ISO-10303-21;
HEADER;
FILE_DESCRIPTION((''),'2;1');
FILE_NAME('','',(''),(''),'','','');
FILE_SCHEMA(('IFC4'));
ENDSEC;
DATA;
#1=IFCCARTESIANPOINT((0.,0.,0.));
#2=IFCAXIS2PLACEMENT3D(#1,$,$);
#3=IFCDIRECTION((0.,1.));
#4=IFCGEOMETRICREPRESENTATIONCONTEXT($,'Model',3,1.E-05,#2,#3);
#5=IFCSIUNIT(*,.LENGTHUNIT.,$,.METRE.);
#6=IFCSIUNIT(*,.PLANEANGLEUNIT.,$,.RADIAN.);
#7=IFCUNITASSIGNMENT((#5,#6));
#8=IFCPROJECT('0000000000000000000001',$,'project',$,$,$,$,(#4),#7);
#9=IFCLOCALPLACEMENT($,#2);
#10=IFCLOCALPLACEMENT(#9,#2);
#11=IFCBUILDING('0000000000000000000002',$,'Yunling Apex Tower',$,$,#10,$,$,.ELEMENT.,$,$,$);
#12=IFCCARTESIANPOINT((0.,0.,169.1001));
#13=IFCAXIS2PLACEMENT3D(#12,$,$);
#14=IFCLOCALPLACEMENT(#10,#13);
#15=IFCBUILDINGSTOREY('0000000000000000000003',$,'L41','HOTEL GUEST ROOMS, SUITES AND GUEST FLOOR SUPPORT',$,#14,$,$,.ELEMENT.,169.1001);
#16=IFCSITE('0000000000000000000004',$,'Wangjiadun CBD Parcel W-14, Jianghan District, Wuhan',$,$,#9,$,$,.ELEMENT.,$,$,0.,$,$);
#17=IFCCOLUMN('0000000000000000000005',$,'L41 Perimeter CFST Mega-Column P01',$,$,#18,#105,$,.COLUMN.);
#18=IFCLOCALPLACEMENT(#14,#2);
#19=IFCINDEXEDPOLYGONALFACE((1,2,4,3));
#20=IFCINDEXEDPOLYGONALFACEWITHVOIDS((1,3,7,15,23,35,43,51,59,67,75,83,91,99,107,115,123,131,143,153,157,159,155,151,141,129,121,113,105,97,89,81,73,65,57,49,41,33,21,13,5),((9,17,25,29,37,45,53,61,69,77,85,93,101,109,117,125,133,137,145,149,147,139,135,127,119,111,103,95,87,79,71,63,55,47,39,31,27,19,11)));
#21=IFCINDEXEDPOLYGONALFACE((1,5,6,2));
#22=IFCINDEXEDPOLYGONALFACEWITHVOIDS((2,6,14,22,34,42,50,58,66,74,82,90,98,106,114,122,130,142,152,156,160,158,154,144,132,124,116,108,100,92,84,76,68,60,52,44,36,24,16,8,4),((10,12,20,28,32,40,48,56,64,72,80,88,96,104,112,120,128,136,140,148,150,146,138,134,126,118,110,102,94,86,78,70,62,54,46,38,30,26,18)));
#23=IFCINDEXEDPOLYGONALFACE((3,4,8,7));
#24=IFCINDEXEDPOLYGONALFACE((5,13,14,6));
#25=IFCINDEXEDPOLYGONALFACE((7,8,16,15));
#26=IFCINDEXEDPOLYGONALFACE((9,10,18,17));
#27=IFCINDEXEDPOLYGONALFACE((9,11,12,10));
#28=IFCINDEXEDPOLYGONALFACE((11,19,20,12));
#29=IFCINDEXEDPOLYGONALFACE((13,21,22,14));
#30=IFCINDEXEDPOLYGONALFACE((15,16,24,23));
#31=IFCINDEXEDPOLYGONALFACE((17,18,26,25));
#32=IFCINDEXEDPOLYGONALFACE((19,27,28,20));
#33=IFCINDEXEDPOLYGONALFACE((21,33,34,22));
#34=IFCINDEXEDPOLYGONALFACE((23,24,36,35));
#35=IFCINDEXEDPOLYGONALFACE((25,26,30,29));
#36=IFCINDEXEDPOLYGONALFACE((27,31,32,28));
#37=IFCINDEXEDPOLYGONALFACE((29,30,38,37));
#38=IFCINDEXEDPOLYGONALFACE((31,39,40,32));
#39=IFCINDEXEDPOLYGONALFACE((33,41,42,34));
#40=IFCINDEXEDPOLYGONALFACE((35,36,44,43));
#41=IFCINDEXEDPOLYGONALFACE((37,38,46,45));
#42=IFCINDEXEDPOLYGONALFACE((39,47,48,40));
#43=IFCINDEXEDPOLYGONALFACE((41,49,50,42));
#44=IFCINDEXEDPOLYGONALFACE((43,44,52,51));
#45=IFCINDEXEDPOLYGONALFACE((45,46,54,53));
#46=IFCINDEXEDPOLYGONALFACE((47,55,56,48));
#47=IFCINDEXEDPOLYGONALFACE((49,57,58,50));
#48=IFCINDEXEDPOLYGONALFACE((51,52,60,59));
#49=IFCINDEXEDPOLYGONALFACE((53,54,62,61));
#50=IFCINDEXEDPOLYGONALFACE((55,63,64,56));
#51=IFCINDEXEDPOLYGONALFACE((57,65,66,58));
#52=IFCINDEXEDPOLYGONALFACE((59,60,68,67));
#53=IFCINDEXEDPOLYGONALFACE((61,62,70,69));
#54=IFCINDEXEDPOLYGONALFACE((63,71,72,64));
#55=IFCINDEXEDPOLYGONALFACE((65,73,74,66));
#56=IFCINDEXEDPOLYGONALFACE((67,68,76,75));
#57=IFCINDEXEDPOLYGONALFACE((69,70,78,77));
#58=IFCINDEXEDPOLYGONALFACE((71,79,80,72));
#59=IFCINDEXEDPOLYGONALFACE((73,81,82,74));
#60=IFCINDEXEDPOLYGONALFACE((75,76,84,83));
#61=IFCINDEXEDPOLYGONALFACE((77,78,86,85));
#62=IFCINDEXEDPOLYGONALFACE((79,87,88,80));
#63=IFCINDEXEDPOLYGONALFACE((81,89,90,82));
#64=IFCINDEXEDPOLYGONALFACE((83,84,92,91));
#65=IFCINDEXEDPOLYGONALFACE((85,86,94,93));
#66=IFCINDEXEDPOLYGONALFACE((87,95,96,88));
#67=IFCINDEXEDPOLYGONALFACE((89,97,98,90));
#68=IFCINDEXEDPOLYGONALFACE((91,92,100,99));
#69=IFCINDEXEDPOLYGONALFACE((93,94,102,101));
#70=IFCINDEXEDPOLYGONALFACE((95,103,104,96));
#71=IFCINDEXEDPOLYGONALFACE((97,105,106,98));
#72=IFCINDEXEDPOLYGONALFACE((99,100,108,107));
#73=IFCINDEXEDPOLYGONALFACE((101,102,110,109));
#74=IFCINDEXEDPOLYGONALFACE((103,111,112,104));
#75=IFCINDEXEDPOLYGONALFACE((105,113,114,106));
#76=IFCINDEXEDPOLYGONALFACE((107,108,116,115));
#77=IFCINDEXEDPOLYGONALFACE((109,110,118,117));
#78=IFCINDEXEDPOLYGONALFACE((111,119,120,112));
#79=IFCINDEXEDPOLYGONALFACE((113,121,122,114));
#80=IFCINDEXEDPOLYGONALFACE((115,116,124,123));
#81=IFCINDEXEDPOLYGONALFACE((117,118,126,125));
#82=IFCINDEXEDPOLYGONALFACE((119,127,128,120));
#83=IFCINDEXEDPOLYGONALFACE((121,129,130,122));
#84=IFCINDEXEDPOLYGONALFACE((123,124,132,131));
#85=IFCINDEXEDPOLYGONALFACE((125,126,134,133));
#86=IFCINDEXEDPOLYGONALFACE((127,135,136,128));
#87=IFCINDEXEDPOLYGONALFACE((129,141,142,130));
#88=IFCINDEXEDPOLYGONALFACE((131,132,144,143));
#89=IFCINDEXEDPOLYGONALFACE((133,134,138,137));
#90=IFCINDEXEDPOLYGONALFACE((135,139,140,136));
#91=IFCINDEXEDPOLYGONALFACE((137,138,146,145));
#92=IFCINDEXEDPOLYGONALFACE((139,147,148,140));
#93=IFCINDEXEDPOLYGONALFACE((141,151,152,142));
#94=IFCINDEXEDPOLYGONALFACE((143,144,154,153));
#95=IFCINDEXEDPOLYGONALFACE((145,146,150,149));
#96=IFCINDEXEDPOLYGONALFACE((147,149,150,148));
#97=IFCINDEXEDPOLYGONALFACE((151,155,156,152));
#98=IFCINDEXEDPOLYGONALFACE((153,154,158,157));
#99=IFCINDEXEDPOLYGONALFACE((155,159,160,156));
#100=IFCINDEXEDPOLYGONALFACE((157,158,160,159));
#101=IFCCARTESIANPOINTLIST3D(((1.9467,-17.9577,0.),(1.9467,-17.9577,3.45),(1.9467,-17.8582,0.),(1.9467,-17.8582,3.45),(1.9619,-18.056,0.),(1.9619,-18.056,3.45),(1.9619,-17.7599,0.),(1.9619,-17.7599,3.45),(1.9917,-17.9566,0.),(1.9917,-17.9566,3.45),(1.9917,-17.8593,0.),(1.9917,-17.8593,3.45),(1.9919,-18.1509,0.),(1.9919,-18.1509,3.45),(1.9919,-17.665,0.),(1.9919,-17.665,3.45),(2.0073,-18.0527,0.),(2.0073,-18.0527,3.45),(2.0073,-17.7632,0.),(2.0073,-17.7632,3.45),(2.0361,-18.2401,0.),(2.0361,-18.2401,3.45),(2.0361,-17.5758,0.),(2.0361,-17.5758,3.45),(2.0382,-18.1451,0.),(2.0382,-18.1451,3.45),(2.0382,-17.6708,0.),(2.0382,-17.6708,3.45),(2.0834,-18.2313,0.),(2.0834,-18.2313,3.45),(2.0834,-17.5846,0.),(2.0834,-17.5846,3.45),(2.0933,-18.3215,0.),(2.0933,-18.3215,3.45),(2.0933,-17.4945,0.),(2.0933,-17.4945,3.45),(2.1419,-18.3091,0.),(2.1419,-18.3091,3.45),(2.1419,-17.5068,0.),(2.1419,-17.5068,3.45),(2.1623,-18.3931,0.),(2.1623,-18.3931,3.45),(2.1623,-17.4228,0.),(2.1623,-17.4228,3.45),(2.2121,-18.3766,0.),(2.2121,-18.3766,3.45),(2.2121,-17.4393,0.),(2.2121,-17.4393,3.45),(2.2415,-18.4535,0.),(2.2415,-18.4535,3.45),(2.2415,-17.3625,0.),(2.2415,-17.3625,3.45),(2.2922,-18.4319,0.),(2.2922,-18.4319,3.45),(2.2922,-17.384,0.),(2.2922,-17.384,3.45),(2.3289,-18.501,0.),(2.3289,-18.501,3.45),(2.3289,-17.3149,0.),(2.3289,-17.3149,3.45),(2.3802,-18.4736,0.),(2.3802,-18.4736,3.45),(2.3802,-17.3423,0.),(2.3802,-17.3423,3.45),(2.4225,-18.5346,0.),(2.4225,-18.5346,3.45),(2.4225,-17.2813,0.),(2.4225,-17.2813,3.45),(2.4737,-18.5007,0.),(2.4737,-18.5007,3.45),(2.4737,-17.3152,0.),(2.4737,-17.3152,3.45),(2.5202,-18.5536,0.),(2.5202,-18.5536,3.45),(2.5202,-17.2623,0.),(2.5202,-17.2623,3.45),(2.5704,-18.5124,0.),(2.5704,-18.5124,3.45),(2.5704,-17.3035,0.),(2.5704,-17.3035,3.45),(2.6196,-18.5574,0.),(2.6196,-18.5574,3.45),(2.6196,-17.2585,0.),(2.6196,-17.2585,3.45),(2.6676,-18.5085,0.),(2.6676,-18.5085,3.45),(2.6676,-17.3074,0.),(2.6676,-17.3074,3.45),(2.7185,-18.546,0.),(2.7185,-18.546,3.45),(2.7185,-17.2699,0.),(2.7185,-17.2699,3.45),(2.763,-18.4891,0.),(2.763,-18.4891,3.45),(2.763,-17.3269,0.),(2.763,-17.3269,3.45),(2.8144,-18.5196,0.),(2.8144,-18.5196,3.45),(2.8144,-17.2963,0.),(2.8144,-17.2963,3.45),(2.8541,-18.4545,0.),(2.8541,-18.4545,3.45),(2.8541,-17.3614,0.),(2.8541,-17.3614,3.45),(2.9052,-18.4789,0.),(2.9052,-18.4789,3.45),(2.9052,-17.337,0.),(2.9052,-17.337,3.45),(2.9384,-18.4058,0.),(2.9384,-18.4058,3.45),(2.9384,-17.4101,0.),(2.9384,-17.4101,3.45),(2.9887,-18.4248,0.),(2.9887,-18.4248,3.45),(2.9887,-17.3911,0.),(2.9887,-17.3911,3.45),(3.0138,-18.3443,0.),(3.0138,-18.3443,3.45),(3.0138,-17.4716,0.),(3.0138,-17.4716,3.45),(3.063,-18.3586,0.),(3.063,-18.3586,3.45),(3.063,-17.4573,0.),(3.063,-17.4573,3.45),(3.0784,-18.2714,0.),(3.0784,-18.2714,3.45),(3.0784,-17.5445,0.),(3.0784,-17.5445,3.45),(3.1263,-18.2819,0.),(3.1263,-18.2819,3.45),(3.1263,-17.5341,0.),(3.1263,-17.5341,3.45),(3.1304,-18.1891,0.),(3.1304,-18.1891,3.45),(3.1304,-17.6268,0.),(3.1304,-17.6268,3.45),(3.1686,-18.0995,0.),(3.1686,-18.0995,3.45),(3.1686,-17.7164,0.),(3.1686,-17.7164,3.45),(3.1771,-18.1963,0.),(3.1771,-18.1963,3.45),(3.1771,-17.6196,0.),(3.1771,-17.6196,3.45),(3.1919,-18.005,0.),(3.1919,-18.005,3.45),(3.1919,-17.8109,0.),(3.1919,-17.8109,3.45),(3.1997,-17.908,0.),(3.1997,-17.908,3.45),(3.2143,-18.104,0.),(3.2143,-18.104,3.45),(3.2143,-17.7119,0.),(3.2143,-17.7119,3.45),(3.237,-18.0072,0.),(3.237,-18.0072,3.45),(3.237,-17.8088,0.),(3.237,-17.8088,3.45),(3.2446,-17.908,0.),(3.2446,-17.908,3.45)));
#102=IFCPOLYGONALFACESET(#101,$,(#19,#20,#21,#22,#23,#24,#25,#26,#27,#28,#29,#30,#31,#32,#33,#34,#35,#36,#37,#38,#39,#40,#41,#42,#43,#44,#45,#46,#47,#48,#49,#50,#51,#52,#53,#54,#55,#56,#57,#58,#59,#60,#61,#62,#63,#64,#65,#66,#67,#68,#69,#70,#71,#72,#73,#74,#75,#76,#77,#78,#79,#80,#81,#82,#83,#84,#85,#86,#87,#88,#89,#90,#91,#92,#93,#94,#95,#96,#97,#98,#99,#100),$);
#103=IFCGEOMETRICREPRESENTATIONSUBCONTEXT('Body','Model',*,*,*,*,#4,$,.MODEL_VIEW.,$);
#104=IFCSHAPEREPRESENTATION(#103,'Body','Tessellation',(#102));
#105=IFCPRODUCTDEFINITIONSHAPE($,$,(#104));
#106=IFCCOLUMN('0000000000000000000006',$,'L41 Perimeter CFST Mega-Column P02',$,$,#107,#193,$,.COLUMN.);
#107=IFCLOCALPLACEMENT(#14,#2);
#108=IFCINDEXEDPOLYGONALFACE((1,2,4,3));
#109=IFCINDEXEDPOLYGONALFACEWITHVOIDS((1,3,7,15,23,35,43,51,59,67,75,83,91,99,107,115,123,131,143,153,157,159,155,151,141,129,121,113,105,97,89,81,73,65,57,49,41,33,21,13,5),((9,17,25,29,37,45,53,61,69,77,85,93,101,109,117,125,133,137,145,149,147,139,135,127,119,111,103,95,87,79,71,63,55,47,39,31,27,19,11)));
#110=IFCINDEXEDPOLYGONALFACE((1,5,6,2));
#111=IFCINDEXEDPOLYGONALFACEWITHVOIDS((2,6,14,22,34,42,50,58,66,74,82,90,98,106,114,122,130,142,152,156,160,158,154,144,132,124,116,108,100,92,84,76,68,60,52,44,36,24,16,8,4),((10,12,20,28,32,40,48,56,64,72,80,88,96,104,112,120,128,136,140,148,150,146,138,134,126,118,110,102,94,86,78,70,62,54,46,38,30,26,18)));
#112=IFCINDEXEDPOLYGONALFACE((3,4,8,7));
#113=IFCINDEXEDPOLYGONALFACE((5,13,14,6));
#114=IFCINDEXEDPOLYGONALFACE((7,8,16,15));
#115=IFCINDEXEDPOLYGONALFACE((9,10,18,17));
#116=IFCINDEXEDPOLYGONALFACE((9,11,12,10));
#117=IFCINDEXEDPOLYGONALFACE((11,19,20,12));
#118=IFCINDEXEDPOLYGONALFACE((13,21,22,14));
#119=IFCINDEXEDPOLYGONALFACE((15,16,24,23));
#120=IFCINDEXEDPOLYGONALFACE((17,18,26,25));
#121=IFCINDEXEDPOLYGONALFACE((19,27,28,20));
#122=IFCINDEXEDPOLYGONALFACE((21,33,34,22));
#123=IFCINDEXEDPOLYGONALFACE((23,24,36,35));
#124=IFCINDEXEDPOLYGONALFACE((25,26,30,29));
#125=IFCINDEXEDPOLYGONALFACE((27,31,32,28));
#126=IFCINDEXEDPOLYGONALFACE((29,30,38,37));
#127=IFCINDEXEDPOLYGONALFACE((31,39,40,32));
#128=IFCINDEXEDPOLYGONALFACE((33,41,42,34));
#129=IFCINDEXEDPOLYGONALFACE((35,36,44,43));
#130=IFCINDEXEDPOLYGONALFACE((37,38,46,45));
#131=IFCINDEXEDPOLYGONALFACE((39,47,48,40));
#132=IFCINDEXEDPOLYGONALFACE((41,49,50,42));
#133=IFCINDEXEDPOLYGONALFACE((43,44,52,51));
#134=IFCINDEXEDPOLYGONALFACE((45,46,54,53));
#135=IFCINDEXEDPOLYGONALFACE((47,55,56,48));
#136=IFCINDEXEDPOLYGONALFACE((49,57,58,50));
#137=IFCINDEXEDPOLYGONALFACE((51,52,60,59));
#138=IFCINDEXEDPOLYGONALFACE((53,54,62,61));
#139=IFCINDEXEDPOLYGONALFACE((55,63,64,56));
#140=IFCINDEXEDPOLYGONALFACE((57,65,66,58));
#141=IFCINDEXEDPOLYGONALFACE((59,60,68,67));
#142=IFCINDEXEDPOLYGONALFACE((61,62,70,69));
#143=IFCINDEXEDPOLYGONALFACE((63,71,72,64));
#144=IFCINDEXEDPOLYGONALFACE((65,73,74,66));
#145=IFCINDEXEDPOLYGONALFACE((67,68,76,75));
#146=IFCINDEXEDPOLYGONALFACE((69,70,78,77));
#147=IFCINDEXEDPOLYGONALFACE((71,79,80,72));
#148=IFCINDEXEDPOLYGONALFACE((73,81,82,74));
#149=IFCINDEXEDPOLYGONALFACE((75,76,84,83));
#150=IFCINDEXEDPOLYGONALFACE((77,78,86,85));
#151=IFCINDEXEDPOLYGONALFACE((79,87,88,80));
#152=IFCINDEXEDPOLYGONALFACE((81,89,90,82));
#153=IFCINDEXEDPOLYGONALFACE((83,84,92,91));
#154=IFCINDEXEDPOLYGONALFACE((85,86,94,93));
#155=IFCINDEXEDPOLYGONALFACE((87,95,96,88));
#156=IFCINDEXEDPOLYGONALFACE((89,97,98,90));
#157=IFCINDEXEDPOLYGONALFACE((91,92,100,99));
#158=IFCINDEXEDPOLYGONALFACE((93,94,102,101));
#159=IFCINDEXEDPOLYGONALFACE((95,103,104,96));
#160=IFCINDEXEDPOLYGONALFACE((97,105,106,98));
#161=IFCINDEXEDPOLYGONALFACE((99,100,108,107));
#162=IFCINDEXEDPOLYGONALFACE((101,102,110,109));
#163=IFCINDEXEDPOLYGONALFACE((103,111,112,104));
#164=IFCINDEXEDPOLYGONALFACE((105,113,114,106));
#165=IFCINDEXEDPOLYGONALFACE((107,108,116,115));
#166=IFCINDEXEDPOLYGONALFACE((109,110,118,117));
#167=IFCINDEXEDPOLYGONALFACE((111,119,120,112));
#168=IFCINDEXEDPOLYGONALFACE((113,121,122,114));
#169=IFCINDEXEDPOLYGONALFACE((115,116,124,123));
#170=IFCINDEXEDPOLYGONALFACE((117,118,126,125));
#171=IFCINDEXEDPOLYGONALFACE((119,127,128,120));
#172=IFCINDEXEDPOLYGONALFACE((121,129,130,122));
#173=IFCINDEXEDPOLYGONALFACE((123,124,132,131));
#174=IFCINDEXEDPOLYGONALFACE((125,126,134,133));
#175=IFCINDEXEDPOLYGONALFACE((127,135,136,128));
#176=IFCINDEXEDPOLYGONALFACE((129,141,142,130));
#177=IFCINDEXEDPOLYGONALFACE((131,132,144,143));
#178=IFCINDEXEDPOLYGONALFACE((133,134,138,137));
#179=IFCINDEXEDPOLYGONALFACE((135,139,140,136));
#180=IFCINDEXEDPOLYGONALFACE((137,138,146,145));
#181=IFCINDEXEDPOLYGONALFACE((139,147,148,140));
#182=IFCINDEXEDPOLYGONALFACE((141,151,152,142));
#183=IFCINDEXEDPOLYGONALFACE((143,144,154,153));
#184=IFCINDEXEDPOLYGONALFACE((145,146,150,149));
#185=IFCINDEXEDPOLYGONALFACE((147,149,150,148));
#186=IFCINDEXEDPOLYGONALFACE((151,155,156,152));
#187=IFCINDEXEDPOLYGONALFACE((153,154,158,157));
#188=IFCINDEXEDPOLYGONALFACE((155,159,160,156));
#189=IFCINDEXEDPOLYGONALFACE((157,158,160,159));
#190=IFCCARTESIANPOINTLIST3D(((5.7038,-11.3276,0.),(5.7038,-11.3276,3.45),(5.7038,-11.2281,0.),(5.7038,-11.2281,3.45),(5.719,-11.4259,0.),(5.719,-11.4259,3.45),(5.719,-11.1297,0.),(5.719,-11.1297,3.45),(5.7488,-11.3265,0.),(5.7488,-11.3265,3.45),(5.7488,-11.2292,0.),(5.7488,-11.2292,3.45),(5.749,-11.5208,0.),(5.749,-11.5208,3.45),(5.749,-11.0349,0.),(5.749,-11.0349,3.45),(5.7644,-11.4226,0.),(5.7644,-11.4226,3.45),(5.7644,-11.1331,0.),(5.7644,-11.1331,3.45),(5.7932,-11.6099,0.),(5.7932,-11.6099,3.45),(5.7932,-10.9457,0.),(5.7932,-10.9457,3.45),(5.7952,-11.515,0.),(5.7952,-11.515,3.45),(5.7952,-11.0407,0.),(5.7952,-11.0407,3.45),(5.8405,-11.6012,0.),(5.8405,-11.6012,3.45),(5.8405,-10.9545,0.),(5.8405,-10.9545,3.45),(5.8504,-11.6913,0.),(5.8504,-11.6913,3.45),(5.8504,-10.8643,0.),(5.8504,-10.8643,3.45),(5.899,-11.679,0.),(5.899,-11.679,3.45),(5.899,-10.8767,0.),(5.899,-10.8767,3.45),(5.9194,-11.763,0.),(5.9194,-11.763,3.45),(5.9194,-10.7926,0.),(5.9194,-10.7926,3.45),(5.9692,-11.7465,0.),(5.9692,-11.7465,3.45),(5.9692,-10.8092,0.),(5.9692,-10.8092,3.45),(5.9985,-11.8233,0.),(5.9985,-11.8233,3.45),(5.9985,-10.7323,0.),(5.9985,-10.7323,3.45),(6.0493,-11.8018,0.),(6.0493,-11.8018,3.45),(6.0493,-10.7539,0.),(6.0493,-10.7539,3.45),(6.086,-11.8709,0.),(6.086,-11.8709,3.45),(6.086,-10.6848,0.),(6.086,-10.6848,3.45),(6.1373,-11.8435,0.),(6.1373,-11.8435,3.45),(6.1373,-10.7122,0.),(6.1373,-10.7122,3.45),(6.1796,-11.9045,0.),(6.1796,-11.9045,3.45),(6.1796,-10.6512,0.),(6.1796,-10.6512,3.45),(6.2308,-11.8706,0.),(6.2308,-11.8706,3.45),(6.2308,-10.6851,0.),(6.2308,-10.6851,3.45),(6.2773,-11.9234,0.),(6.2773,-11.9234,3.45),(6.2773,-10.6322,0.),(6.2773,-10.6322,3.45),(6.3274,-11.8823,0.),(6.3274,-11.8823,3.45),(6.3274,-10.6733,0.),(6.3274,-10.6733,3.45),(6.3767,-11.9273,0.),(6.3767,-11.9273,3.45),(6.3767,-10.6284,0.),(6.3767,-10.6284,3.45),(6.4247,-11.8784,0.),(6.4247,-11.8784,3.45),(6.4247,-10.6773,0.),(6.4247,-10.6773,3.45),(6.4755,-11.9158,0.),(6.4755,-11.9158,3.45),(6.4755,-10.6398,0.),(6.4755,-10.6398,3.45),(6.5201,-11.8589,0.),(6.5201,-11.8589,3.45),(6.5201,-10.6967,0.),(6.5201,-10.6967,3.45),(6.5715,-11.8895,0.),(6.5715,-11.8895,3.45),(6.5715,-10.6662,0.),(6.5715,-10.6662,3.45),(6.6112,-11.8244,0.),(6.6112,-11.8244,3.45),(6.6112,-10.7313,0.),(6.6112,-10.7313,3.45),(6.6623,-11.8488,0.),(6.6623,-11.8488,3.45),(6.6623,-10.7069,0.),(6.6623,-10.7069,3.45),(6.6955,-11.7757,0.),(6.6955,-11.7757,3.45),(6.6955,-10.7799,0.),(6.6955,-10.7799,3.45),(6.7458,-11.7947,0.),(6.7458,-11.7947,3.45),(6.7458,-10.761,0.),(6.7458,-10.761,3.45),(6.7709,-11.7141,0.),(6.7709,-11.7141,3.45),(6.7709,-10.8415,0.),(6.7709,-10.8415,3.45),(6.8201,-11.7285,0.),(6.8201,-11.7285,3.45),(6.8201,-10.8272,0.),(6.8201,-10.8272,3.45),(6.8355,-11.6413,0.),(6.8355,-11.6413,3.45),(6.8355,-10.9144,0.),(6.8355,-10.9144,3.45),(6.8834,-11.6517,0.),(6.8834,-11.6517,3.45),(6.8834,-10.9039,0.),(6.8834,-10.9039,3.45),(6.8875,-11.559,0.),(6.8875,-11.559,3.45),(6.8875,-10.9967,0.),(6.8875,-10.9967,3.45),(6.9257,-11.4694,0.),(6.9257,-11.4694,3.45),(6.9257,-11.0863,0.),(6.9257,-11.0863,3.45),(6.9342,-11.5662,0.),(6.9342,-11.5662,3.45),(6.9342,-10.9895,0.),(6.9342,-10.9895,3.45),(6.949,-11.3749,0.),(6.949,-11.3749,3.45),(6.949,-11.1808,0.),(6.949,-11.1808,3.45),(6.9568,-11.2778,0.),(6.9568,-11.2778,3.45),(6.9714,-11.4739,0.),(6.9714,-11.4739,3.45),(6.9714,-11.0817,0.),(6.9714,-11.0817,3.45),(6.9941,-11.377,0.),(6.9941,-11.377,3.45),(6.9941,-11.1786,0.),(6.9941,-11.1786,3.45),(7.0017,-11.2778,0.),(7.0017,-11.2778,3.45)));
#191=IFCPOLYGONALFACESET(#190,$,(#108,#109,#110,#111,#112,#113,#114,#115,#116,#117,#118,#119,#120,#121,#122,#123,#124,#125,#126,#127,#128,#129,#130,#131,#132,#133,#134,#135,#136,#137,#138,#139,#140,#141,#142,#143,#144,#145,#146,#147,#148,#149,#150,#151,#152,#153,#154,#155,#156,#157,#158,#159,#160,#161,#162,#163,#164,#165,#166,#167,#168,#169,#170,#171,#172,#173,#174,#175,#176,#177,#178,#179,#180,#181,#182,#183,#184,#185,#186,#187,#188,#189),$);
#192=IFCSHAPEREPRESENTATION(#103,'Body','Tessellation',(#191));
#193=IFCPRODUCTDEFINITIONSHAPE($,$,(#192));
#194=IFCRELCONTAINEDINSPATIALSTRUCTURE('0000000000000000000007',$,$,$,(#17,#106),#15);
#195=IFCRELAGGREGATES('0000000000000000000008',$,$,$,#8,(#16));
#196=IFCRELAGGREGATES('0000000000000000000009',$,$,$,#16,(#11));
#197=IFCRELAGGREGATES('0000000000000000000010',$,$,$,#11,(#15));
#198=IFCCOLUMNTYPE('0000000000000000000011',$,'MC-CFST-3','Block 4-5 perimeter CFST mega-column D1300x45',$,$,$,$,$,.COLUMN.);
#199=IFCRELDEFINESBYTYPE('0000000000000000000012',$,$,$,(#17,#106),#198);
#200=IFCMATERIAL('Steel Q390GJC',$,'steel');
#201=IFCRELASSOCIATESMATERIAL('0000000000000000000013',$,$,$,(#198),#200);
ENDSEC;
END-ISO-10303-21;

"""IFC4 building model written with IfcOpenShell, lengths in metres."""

from ifc_helpers import new_model, si_unit, direction, frame, origin, origin_2d, place, context, subcontext, project, spatial, hollow_circle, extrude, source, transform, mapped, material, material_profile, profile_set, type_object, element, save


model = new_model("IFC4")

# Units and contexts
model_context = context("Model", 3, precision=1e-05, world=origin(), true_north=direction((0.0, 1.0)))
body_context = subcontext(model_context, "Body", "Model", "MODEL_VIEW")
ifc_project = project(units=[si_unit("LENGTHUNIT", "METRE"), si_unit("PLANEANGLEUNIT", "RADIAN")], contexts=[model_context])

# Site, building, storey
site_placement = place(None, origin())
site = spatial("IfcSite", under=ifc_project, at=site_placement, Name="Wangjiadun CBD Parcel W-14, Jianghan District, Wuhan", CompositionType="ELEMENT", RefElevation=0.0)
building_placement = place(site_placement, origin())
building = spatial("IfcBuilding", under=site, at=building_placement, Name="Yunling Apex Tower", CompositionType="ELEMENT")
storey_placement = place(building_placement, frame((0.0, 0.0, 169.1001)))
storey = spatial("IfcBuildingStorey", under=building, at=storey_placement, Name="L41", Description="HOTEL GUEST ROOMS, SUITES AND GUEST FLOOR SUPPORT", CompositionType="ELEMENT", Elevation=169.1001)

# Columns
ifc_material_1 = material(Name="Steel Q390GJC", Category="steel")
ifc_material_profile_1 = material_profile(ifc_material_1, hollow_circle(Radius=0.6499, WallThickness=0.0449, at=origin_2d()))
ifc_profile_set_1 = profile_set([ifc_material_profile_1], Name="Steel Q390GJC")
column_type = type_object("IfcColumnType", Name="MC-CFST-3", Description="Block 4-5 perimeter CFST mega-column D1300x45", PredefinedType="COLUMN", material=ifc_profile_set_1)
shared_shape_1 = source(origin(), body_context, "Body", "SweptSolid", [
    extrude(hollow_circle(Radius=0.6499, WallThickness=0.0449, at=origin_2d()), origin(), (0.0, 0.0, 1.0), 3.45),
])
for number, where, z_axis, x_axis, name in (
    (1, (2.5947, -17.908, 0.0), (0.0, 0.0, 1.0), (1.0, 0.0, 0.0), "L41 Perimeter CFST Mega-Column P01"),
    (2, (6.3518, -11.2778, 0.0), (0.0, 0.0, 1.0), (1.0, 0.0, 0.0), "L41 Perimeter CFST Mega-Column P02"),
):
    element("IfcColumn", number, at=place(storey_placement, frame(where, z_axis=z_axis, x_axis=x_axis)), inside=storey, type_object=column_type, Name=name, PredefinedType="COLUMN", context=body_context, shape_type="MappedRepresentation", body=[
        mapped(shared_shape_1, transform((0.0, 0.0, 0.0), scale=1.0)),
    ])

save(model, "model.ifc")
